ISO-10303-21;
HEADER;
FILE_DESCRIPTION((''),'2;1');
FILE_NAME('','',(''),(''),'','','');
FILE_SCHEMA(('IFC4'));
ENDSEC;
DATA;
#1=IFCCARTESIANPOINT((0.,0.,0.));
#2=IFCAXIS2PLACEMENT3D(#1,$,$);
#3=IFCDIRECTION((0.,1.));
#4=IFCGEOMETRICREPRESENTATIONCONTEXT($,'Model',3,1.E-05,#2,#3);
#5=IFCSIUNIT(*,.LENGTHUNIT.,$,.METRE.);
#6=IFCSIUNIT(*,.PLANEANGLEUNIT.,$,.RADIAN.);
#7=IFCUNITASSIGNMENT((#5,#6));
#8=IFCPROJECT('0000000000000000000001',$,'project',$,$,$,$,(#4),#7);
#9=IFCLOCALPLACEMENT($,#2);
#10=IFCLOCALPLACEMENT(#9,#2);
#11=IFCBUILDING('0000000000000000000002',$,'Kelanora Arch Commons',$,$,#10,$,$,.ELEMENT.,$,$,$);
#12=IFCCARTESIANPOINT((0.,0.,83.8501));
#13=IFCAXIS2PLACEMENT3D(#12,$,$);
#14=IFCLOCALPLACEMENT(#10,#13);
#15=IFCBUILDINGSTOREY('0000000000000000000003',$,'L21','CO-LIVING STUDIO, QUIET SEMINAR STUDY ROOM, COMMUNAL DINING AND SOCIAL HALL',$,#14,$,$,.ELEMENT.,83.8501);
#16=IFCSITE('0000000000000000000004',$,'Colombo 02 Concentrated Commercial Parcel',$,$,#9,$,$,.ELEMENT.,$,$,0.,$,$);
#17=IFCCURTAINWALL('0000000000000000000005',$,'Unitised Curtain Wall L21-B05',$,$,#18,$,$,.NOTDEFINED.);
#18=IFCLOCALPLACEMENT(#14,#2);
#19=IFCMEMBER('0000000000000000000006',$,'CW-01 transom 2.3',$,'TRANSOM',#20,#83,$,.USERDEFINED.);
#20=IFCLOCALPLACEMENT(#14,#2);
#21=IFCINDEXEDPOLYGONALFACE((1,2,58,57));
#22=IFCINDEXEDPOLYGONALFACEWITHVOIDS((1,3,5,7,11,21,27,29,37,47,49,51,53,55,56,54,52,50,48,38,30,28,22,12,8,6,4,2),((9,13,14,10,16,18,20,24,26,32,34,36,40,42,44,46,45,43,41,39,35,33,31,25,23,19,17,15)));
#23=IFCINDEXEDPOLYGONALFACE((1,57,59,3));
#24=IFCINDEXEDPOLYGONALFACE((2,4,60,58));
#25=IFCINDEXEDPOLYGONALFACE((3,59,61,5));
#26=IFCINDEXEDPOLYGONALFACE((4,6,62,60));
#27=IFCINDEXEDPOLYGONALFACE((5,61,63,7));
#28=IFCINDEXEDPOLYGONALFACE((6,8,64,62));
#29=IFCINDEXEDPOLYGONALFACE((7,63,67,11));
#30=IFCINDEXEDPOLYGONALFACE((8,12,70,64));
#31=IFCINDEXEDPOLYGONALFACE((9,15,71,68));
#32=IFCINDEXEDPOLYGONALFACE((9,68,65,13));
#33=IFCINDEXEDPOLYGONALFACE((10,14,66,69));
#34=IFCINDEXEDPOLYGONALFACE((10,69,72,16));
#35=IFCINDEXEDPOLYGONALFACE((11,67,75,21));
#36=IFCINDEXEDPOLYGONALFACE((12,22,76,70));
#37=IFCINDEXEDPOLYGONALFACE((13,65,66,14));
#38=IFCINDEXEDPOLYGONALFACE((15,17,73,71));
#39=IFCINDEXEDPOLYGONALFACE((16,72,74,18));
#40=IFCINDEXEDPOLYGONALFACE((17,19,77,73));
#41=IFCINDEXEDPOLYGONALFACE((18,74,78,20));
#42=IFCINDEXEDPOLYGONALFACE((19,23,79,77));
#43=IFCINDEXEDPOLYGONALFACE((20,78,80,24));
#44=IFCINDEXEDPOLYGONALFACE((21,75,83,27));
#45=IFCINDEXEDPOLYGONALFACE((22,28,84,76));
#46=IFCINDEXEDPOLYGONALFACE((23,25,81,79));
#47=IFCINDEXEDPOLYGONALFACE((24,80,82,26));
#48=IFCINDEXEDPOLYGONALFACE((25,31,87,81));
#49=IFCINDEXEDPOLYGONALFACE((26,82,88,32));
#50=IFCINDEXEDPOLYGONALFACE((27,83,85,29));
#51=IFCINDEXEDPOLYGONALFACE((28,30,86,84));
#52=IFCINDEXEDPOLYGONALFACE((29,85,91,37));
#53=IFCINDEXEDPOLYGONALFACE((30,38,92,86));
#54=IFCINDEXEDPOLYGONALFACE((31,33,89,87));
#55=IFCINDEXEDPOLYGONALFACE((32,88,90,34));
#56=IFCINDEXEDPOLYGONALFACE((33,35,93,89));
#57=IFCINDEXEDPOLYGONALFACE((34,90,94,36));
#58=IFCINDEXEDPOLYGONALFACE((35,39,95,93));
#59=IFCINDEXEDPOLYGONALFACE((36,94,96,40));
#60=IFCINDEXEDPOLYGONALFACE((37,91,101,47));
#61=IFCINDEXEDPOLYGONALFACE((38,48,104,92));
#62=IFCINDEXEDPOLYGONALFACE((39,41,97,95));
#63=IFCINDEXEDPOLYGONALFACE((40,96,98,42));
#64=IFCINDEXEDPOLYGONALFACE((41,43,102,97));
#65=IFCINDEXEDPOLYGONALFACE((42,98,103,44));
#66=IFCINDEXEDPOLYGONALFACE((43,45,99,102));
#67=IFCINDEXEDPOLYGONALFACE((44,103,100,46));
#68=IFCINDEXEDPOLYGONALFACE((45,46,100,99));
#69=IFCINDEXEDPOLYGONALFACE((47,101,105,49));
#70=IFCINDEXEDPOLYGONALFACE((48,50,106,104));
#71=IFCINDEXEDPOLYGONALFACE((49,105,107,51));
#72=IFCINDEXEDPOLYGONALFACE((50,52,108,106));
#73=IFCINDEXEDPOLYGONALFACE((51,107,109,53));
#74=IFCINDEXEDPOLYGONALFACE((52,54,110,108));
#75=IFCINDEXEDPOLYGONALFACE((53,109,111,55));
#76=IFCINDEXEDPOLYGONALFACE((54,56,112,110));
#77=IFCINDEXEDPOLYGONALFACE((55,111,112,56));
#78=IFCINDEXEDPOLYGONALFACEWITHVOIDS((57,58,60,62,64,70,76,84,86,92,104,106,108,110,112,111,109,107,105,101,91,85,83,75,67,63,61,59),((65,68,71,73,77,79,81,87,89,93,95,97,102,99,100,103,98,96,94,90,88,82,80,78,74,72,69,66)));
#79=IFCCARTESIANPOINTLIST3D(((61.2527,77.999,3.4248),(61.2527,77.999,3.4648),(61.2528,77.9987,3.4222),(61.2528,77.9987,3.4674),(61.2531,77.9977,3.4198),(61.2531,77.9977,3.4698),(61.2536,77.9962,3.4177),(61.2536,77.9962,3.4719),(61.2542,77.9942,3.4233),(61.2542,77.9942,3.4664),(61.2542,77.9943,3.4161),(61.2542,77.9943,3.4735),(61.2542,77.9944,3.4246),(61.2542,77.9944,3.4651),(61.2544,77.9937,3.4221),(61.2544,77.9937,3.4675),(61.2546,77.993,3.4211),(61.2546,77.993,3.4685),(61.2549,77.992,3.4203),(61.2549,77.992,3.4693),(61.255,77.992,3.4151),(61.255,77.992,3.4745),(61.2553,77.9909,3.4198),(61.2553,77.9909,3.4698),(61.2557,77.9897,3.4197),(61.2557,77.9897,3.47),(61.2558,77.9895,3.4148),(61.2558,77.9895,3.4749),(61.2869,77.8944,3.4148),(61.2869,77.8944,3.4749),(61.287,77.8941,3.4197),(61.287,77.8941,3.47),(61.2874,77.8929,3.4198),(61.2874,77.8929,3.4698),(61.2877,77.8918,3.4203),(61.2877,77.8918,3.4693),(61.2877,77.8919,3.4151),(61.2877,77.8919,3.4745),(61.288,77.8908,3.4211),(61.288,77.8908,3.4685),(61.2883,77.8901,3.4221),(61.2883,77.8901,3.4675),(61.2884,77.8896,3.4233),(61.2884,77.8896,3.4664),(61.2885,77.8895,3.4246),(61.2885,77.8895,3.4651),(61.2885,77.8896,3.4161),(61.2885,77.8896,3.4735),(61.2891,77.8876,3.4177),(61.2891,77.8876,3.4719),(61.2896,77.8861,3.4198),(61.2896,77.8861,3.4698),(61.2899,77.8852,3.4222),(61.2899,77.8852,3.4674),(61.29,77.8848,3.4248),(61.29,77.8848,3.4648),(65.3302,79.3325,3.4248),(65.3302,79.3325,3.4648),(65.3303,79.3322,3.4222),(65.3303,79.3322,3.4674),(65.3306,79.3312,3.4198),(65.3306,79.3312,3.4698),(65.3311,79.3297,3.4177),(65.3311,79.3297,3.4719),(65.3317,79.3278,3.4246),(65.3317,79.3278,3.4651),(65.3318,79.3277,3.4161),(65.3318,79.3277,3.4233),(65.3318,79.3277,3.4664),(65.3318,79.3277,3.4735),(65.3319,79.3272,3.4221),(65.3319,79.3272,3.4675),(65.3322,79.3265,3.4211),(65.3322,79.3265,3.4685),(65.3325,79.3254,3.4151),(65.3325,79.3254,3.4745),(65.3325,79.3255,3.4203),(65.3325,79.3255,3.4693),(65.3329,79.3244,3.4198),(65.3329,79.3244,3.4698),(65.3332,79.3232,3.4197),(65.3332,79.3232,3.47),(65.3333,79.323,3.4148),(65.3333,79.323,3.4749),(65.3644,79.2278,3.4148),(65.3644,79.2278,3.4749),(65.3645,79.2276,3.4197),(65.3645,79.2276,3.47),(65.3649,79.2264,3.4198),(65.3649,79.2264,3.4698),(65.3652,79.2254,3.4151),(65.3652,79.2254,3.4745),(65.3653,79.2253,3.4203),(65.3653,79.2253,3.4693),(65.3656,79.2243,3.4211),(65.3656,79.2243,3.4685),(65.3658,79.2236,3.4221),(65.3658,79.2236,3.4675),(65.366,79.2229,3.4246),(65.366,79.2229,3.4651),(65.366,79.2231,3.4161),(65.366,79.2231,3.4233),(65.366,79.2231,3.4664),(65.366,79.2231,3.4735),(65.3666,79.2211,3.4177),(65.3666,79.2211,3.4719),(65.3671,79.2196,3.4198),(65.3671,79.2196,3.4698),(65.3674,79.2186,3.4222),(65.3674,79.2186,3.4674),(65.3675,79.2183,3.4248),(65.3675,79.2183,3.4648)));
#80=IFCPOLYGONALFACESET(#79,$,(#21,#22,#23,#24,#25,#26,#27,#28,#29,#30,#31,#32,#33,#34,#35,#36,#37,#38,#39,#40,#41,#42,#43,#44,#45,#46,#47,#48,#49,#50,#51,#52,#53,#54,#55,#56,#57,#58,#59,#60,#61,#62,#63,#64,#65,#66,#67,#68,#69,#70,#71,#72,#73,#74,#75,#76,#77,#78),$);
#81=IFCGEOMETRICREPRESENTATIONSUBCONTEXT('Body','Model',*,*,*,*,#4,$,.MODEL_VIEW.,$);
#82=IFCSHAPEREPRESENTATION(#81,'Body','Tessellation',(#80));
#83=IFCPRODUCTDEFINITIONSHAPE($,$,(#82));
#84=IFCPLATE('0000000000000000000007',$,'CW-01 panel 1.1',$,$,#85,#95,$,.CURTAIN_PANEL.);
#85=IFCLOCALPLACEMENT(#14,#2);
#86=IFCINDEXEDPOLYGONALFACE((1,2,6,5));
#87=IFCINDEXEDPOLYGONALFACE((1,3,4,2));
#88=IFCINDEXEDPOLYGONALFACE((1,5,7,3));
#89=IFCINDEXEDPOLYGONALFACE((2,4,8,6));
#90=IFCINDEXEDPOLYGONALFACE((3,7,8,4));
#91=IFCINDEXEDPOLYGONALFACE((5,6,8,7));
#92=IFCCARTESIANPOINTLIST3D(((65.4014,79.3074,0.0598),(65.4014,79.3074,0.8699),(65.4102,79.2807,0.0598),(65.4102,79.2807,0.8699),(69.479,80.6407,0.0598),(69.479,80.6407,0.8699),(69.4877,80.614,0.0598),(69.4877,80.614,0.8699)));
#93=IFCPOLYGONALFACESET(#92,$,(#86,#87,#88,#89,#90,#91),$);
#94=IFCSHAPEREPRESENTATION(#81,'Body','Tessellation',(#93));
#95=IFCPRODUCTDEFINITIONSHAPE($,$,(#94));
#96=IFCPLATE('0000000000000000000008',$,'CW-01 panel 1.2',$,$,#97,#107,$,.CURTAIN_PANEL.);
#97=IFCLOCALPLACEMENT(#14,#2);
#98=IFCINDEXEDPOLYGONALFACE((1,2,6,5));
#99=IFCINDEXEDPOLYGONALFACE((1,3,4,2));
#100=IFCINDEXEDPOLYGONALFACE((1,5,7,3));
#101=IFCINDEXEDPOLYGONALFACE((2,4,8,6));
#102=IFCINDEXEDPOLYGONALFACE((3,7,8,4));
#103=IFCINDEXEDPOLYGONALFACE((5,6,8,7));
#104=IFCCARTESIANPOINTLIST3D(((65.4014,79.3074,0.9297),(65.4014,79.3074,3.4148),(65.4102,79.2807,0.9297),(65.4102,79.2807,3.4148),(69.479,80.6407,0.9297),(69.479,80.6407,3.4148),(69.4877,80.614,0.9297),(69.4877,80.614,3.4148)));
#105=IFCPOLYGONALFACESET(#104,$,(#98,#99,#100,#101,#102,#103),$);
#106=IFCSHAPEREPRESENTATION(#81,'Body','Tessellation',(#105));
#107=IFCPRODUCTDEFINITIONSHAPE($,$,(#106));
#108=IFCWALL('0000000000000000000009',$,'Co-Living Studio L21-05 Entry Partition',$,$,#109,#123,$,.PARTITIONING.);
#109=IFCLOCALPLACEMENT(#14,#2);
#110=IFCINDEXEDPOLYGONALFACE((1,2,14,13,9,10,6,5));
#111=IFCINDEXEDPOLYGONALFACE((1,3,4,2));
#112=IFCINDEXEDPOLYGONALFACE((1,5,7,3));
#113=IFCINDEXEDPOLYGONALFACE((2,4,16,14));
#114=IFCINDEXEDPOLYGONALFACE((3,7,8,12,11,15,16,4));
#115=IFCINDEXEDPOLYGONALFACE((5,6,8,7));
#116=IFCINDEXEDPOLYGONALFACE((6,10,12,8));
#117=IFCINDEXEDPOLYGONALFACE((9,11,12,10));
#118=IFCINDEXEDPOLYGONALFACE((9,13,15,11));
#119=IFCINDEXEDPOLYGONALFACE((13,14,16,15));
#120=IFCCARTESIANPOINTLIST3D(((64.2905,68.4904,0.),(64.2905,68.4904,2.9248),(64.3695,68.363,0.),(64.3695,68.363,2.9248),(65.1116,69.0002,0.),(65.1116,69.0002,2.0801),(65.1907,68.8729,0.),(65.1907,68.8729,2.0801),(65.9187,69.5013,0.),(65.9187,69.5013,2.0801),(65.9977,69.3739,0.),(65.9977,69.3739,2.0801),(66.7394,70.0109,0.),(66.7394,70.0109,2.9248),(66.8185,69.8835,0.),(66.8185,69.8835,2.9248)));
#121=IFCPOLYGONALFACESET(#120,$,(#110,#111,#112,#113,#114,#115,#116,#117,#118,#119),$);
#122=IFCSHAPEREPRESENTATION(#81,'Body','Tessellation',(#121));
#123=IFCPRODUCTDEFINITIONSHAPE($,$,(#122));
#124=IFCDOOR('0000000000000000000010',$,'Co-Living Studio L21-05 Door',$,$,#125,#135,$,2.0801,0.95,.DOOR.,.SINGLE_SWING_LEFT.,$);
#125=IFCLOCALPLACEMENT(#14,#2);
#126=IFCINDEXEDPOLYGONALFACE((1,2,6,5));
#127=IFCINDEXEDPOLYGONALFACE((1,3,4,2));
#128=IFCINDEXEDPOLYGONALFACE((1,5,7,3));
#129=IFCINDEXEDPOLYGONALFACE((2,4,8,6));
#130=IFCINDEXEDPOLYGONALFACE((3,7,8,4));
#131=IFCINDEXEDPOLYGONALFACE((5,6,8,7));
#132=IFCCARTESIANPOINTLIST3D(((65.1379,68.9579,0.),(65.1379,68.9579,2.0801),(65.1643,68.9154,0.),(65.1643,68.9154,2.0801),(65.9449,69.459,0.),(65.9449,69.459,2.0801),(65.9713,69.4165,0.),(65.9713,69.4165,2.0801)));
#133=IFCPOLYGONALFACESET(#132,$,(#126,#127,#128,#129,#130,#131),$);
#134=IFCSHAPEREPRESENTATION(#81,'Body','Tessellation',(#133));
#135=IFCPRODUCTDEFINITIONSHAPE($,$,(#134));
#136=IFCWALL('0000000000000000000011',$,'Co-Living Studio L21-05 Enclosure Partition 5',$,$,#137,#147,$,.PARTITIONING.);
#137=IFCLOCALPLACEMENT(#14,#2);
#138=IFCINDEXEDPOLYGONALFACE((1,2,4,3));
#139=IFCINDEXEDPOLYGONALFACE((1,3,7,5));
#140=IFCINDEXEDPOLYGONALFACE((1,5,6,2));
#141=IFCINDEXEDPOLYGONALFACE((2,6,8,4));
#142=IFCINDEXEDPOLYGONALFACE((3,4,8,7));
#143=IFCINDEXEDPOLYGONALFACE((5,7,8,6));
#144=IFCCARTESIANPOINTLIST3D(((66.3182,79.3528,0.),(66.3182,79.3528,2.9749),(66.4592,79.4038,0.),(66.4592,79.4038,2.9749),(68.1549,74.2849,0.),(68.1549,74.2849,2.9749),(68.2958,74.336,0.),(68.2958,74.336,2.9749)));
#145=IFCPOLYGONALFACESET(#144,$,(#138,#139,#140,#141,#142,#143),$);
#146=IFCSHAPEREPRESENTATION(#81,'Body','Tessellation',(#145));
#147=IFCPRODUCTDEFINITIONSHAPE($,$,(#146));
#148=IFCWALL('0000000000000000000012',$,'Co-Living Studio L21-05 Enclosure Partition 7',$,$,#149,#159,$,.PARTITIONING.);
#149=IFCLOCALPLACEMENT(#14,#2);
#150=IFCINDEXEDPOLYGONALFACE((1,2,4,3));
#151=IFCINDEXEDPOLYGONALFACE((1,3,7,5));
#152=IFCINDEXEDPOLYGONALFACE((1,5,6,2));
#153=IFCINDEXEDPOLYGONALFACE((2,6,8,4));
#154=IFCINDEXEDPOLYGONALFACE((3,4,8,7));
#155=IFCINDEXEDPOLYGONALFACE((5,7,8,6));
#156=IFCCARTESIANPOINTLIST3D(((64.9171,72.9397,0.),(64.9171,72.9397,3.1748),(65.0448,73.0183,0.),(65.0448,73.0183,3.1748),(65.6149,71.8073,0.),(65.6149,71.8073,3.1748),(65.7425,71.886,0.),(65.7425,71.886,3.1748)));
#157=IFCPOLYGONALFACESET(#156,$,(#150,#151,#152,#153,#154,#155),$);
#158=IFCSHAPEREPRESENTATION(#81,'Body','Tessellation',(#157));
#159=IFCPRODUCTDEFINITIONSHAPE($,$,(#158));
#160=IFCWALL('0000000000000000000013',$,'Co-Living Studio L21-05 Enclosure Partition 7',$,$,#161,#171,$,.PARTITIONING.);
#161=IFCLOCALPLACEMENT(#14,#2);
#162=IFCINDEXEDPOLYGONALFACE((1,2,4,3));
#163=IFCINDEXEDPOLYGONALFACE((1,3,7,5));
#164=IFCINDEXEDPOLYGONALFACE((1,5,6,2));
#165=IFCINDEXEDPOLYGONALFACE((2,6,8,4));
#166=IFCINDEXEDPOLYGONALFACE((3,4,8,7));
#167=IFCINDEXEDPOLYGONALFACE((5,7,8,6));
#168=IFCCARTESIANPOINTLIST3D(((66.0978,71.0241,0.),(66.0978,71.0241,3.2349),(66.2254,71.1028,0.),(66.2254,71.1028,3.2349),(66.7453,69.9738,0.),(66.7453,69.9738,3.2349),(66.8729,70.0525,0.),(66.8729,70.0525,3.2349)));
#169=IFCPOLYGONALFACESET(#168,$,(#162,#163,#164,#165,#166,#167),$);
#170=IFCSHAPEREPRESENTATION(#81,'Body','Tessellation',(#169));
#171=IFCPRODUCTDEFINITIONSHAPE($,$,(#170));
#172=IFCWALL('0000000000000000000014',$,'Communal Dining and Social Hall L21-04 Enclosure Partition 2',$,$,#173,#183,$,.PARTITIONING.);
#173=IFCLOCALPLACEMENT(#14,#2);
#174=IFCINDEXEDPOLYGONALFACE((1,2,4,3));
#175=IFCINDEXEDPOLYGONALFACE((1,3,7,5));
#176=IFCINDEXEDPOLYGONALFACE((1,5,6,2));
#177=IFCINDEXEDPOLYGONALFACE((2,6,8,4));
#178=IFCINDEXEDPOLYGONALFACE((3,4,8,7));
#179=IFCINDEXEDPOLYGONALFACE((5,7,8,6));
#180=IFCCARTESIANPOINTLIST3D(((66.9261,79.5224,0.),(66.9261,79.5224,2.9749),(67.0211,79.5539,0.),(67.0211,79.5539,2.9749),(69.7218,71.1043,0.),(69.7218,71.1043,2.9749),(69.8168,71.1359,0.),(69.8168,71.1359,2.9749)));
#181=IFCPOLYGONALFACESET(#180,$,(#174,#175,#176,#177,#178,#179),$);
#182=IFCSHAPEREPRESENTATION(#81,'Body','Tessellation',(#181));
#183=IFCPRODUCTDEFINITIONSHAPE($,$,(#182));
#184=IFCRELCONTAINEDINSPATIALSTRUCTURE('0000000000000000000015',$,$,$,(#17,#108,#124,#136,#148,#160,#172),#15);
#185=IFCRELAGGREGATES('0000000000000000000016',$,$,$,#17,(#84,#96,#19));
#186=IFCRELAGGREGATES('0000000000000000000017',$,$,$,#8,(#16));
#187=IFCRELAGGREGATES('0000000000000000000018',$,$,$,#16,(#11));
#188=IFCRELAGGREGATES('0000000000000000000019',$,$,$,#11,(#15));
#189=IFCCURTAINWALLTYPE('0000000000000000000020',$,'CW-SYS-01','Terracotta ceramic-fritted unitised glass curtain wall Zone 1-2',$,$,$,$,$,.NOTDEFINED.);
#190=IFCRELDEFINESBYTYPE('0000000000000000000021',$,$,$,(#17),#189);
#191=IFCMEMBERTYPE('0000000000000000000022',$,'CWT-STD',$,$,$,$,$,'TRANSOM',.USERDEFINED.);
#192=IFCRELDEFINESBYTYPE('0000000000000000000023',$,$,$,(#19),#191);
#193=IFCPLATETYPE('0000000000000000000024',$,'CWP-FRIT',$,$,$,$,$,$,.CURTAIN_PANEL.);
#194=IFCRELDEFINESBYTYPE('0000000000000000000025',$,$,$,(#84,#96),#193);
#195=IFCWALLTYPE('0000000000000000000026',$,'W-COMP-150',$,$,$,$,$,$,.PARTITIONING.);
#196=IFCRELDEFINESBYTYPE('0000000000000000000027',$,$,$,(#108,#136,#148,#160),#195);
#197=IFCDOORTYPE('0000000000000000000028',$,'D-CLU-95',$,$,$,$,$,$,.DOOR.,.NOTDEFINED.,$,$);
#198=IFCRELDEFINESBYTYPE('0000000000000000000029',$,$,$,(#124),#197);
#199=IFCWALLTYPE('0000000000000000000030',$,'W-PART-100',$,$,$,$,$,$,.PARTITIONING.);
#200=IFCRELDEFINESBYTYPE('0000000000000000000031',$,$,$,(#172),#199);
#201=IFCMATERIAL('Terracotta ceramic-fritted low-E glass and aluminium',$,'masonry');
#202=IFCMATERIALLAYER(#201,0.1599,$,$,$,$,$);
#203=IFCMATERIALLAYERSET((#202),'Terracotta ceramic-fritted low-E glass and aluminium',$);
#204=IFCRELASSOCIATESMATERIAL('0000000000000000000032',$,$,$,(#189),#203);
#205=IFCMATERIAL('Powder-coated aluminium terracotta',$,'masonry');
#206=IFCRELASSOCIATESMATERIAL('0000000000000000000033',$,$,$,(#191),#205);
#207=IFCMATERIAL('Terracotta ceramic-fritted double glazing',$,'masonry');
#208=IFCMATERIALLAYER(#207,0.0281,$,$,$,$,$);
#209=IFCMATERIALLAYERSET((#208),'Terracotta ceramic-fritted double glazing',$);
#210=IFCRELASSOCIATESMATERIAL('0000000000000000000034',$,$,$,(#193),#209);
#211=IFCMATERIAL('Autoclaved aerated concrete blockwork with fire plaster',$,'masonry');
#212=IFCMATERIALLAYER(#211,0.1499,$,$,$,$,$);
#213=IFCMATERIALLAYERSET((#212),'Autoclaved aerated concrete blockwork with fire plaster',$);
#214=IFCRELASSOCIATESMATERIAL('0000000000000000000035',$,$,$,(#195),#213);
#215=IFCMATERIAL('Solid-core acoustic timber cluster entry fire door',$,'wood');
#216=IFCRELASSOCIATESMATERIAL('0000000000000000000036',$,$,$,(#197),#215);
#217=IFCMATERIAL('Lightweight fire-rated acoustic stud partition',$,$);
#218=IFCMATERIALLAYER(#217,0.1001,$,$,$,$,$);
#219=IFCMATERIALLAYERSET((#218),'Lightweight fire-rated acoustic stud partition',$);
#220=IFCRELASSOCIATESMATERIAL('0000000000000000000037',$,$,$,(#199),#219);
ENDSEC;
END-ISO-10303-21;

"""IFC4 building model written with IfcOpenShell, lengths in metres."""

from ifc_helpers import new_model, si_unit, direction, frame, frame_2d, origin, origin_2d, place, context, subcontext, project, spatial, rectangle, hollow_rectangle, extrude, source, transform, mapped, material, layer, layer_set, material_profile, profile_set, type_object, element, fill, aggregate, save


model = new_model("IFC4")

# Units and contexts
model_context = context("Model", 3, precision=1e-05, world=origin(), true_north=direction((0.0, 1.0)))
body_context = subcontext(model_context, "Body", "Model", "MODEL_VIEW")
ifc_project = project(units=[si_unit("LENGTHUNIT", "METRE"), si_unit("PLANEANGLEUNIT", "RADIAN")], contexts=[model_context])

# Site, building, storey
site_placement = place(None, origin())
site = spatial("IfcSite", under=ifc_project, at=site_placement, Name="Colombo 02 Concentrated Commercial Parcel", CompositionType="ELEMENT", RefElevation=0.0)
building_placement = place(site_placement, origin())
building = spatial("IfcBuilding", under=site, at=building_placement, Name="Kelanora Arch Commons", CompositionType="ELEMENT")
storey_placement = place(building_placement, frame((0.0, 0.0, 83.8501)))
storey = spatial("IfcBuildingStorey", under=building, at=storey_placement, Name="L21", Description="CO-LIVING STUDIO, QUIET SEMINAR STUDY ROOM, COMMUNAL DINING AND SOCIAL HALL", CompositionType="ELEMENT", Elevation=83.8501)

# Curtain wall, member, plates
ifc_material_1 = material(Name="Terracotta ceramic-fritted low-E glass and aluminium", Category="masonry")
ifc_layer_1 = layer(ifc_material_1, 0.1599)
ifc_layer_set_1 = layer_set([ifc_layer_1], Name="Terracotta ceramic-fritted low-E glass and aluminium")
curtain_wall_type = type_object("IfcCurtainWallType", Name="CW-SYS-01", Description="Terracotta ceramic-fritted unitised glass curtain wall Zone 1-2", PredefinedType="NOTDEFINED", material=ifc_layer_set_1)
curtain_wall_placement = place(storey_placement, origin())
curtain_wall = element("IfcCurtainWall", 1, at=curtain_wall_placement, inside=storey, type_object=curtain_wall_type, Name="Unitised Curtain Wall L21-B05", PredefinedType="NOTDEFINED")
ifc_material_2 = material(Name="Powder-coated aluminium terracotta", Category="masonry")
ifc_material_profile_1 = material_profile(ifc_material_2, hollow_rectangle(XDim=0.1201, YDim=0.0601, WallThickness=0.0049, InnerFilletRadius=0.0049, OuterFilletRadius=0.01, at=origin_2d()), Name="CWT120x60")
ifc_profile_set_1 = profile_set([ifc_material_profile_1], Name="Powder-coated aluminium terracotta")
member_type_1 = type_object("IfcMemberType", Name="CWT-STD", ElementType="TRANSOM", PredefinedType="USERDEFINED", material=ifc_profile_set_1)
member_1_placement = place(storey_placement, frame((65.3489, 79.2754, 3.4448), z_axis=(-0.950466, -0.310828, 0.0), x_axis=(0.310828, -0.950466, 0.0)))
member_1 = element("IfcMember", 2, at=member_1_placement, type_object=member_type_1, Name="CW-01 transom 2.3", ObjectType="TRANSOM", PredefinedType="USERDEFINED", context=body_context, shape_type="SweptSolid", body=[
    extrude(hollow_rectangle(XDim=0.1201, YDim=0.0601, WallThickness=0.0049, InnerFilletRadius=0.0049, OuterFilletRadius=0.01, at=origin_2d()), origin(), (0.0, 0.0, 1.0), 4.29),
])
ifc_material_3 = material(Name="Terracotta ceramic-fritted double glazing", Category="masonry")
ifc_layer_2 = layer(ifc_material_3, 0.0281)
ifc_layer_set_2 = layer_set([ifc_layer_2], Name="Terracotta ceramic-fritted double glazing")
plate_type = type_object("IfcPlateType", Name="CWP-FRIT", PredefinedType="CURTAIN_PANEL", material=ifc_layer_set_2)
shared_shape_1 = source(origin(), body_context, "Body", "SweptSolid", [
    extrude(rectangle(XDim=4.29, YDim=0.0281, at=origin_2d()), origin(), (0.0, 0.0, 1.0), 0.8101),
])
plate_1_placement = place(storey_placement, frame((67.4446, 79.9607, 0.0598), z_axis=(0.0, 0.0, 1.0), x_axis=(-0.950474, -0.310805, 0.0)))
plate_1 = element("IfcPlate", 3, at=plate_1_placement, type_object=plate_type, Name="CW-01 panel 1.1", PredefinedType="CURTAIN_PANEL", context=body_context, shape_type="MappedRepresentation", body=[
    mapped(shared_shape_1, transform((0.0, 0.0, 0.0), scale=1.0)),
])
shared_shape_2 = source(origin(), body_context, "Body", "SweptSolid", [
    extrude(rectangle(XDim=4.29, YDim=0.0281, at=origin_2d()), origin(), (0.0, 0.0, 1.0), 2.4851),
])
plate_2_placement = place(storey_placement, frame((67.4446, 79.9607, 0.9297), z_axis=(0.0, 0.0, 1.0), x_axis=(-0.950474, -0.310805, 0.0)))
plate_2 = element("IfcPlate", 4, at=plate_2_placement, type_object=plate_type, Name="CW-01 panel 1.2", PredefinedType="CURTAIN_PANEL", context=body_context, shape_type="MappedRepresentation", body=[
    mapped(shared_shape_2, transform((0.0, 0.0, 0.0), scale=1.0)),
])
aggregate(curtain_wall, [plate_1, plate_2, member_1])

# Wall, opening, door
ifc_material_4 = material(Name="Autoclaved aerated concrete blockwork with fire plaster", Category="masonry")
ifc_layer_3 = layer(ifc_material_4, 0.1499)
ifc_layer_set_3 = layer_set([ifc_layer_3], Name="Autoclaved aerated concrete blockwork with fire plaster")
wall_type_1 = type_object("IfcWallType", Name="W-COMP-150", PredefinedType="PARTITIONING", material=ifc_layer_set_3)
wall_1_placement = place(storey_placement, frame((66.7791, 69.9473, 0.0), z_axis=(0.0, 0.0, 1.0), x_axis=(-0.849569, -0.527477, 0.0)))
wall_1 = element("IfcWall", 5, at=wall_1_placement, inside=storey, type_object=wall_type_1, Name="Co-Living Studio L21-05 Entry Partition", PredefinedType="PARTITIONING", context=body_context, shape_type="SweptSolid", body=[
    extrude(rectangle(XDim=2.8826, YDim=0.1499, at=frame_2d((1.4414, 0.0))), origin(), (0.0, 0.0, 1.0), 2.9248),
])
opening_1_placement = place(wall_1_placement, frame((0.9661, 0.0, 0.0)))
opening_1 = element("IfcOpeningElement", 6, at=opening_1_placement, cuts=wall_1, PredefinedType="OPENING", context=body_context, shape_type="SweptSolid", body=[
    extrude(rectangle(XDim=0.95, YDim=2.0801, at=frame_2d((0.4751, 1.04))), frame((0.0, 0.085, 0.0), z_axis=(0.0, -1.0, 0.0), x_axis=(1.0, 0.0, 0.0)), (0.0, 0.0, 1.0), 0.1699),
])
ifc_material_5 = material(Name="Solid-core acoustic timber cluster entry fire door", Category="wood")
door_type_1 = type_object("IfcDoorType", Name="D-CLU-95", OperationType="NOTDEFINED", PredefinedType="DOOR", material=ifc_material_5)
door_1_placement = place(opening_1_placement, origin())
door_1 = element("IfcDoor", 7, at=door_1_placement, inside=storey, type_object=door_type_1, Name="Co-Living Studio L21-05 Door", OperationType="SINGLE_SWING_LEFT", OverallHeight=2.0801, OverallWidth=0.95, PredefinedType="DOOR", context=body_context, shape_type="SweptSolid", body=[
    extrude(rectangle(XDim=0.95, YDim=2.0801, at=frame_2d((0.4751, 1.04))), frame((0.0, 0.0249, 0.0), z_axis=(0.0, -1.0, 0.0), x_axis=(1.0, 0.0, 0.0)), (0.0, 0.0, 1.0), 0.05),
])
fill(opening_1, door_1)

# Walls
wall_2_placement = place(storey_placement, frame((66.3887, 79.3784, 0.0), z_axis=(0.0, 0.0, 1.0), x_axis=(0.340728, -0.940162, 0.0)))
element("IfcWall", 8, at=wall_2_placement, inside=storey, type_object=wall_type_1, Name="Co-Living Studio L21-05 Enclosure Partition 5", PredefinedType="PARTITIONING", context=body_context, shape_type="SweptSolid", body=[
    extrude(rectangle(XDim=5.3904, YDim=0.1499, at=frame_2d((2.6953, 0.0))), origin(), (0.0, 0.0, 1.0), 2.9749),
])
wall_3_placement = place(storey_placement, frame((64.981, 72.979, 0.0), z_axis=(0.0, 0.0, 1.0), x_axis=(0.524609, -0.851343, 0.0)))
element("IfcWall", 9, at=wall_3_placement, inside=storey, type_object=wall_type_1, Name="Co-Living Studio L21-05 Enclosure Partition 7", PredefinedType="PARTITIONING", context=body_context, shape_type="SweptSolid", body=[
    extrude(rectangle(XDim=1.3301, YDim=0.1499, at=frame_2d((0.665, 0.0))), origin(), (0.0, 0.0, 1.0), 3.1748),
])
wall_4_placement = place(storey_placement, frame((66.1616, 71.0635, 0.0), z_axis=(0.0, 0.0, 1.0), x_axis=(0.52476, -0.85125, 0.0)))
element("IfcWall", 10, at=wall_4_placement, inside=storey, type_object=wall_type_1, Name="Co-Living Studio L21-05 Enclosure Partition 7", PredefinedType="PARTITIONING", context=body_context, shape_type="SweptSolid", body=[
    extrude(rectangle(XDim=1.2339, YDim=0.1499, at=frame_2d((0.6169, 0.0))), origin(), (0.0, 0.0, 1.0), 3.2349),
])
ifc_material_6 = material(Name="Lightweight fire-rated acoustic stud partition")
ifc_layer_4 = layer(ifc_material_6, 0.1001)
ifc_layer_set_4 = layer_set([ifc_layer_4], Name="Lightweight fire-rated acoustic stud partition")
wall_type_2 = type_object("IfcWallType", Name="W-PART-100", PredefinedType="PARTITIONING", material=ifc_layer_set_4)
wall_5_placement = place(storey_placement, frame((69.7693, 71.1201, 0.0), z_axis=(0.0, 0.0, 1.0), x_axis=(-0.315179, 0.949032, 0.0)))
element("IfcWall", 11, at=wall_5_placement, inside=storey, type_object=wall_type_2, Name="Communal Dining and Social Hall L21-04 Enclosure Partition 2", PredefinedType="PARTITIONING", context=body_context, shape_type="SweptSolid", body=[
    extrude(rectangle(XDim=8.8701, YDim=0.1001, at=frame_2d((4.4351, 0.0))), origin(), (0.0, 0.0, 1.0), 2.9749),
])

save(model, "model.ifc")
